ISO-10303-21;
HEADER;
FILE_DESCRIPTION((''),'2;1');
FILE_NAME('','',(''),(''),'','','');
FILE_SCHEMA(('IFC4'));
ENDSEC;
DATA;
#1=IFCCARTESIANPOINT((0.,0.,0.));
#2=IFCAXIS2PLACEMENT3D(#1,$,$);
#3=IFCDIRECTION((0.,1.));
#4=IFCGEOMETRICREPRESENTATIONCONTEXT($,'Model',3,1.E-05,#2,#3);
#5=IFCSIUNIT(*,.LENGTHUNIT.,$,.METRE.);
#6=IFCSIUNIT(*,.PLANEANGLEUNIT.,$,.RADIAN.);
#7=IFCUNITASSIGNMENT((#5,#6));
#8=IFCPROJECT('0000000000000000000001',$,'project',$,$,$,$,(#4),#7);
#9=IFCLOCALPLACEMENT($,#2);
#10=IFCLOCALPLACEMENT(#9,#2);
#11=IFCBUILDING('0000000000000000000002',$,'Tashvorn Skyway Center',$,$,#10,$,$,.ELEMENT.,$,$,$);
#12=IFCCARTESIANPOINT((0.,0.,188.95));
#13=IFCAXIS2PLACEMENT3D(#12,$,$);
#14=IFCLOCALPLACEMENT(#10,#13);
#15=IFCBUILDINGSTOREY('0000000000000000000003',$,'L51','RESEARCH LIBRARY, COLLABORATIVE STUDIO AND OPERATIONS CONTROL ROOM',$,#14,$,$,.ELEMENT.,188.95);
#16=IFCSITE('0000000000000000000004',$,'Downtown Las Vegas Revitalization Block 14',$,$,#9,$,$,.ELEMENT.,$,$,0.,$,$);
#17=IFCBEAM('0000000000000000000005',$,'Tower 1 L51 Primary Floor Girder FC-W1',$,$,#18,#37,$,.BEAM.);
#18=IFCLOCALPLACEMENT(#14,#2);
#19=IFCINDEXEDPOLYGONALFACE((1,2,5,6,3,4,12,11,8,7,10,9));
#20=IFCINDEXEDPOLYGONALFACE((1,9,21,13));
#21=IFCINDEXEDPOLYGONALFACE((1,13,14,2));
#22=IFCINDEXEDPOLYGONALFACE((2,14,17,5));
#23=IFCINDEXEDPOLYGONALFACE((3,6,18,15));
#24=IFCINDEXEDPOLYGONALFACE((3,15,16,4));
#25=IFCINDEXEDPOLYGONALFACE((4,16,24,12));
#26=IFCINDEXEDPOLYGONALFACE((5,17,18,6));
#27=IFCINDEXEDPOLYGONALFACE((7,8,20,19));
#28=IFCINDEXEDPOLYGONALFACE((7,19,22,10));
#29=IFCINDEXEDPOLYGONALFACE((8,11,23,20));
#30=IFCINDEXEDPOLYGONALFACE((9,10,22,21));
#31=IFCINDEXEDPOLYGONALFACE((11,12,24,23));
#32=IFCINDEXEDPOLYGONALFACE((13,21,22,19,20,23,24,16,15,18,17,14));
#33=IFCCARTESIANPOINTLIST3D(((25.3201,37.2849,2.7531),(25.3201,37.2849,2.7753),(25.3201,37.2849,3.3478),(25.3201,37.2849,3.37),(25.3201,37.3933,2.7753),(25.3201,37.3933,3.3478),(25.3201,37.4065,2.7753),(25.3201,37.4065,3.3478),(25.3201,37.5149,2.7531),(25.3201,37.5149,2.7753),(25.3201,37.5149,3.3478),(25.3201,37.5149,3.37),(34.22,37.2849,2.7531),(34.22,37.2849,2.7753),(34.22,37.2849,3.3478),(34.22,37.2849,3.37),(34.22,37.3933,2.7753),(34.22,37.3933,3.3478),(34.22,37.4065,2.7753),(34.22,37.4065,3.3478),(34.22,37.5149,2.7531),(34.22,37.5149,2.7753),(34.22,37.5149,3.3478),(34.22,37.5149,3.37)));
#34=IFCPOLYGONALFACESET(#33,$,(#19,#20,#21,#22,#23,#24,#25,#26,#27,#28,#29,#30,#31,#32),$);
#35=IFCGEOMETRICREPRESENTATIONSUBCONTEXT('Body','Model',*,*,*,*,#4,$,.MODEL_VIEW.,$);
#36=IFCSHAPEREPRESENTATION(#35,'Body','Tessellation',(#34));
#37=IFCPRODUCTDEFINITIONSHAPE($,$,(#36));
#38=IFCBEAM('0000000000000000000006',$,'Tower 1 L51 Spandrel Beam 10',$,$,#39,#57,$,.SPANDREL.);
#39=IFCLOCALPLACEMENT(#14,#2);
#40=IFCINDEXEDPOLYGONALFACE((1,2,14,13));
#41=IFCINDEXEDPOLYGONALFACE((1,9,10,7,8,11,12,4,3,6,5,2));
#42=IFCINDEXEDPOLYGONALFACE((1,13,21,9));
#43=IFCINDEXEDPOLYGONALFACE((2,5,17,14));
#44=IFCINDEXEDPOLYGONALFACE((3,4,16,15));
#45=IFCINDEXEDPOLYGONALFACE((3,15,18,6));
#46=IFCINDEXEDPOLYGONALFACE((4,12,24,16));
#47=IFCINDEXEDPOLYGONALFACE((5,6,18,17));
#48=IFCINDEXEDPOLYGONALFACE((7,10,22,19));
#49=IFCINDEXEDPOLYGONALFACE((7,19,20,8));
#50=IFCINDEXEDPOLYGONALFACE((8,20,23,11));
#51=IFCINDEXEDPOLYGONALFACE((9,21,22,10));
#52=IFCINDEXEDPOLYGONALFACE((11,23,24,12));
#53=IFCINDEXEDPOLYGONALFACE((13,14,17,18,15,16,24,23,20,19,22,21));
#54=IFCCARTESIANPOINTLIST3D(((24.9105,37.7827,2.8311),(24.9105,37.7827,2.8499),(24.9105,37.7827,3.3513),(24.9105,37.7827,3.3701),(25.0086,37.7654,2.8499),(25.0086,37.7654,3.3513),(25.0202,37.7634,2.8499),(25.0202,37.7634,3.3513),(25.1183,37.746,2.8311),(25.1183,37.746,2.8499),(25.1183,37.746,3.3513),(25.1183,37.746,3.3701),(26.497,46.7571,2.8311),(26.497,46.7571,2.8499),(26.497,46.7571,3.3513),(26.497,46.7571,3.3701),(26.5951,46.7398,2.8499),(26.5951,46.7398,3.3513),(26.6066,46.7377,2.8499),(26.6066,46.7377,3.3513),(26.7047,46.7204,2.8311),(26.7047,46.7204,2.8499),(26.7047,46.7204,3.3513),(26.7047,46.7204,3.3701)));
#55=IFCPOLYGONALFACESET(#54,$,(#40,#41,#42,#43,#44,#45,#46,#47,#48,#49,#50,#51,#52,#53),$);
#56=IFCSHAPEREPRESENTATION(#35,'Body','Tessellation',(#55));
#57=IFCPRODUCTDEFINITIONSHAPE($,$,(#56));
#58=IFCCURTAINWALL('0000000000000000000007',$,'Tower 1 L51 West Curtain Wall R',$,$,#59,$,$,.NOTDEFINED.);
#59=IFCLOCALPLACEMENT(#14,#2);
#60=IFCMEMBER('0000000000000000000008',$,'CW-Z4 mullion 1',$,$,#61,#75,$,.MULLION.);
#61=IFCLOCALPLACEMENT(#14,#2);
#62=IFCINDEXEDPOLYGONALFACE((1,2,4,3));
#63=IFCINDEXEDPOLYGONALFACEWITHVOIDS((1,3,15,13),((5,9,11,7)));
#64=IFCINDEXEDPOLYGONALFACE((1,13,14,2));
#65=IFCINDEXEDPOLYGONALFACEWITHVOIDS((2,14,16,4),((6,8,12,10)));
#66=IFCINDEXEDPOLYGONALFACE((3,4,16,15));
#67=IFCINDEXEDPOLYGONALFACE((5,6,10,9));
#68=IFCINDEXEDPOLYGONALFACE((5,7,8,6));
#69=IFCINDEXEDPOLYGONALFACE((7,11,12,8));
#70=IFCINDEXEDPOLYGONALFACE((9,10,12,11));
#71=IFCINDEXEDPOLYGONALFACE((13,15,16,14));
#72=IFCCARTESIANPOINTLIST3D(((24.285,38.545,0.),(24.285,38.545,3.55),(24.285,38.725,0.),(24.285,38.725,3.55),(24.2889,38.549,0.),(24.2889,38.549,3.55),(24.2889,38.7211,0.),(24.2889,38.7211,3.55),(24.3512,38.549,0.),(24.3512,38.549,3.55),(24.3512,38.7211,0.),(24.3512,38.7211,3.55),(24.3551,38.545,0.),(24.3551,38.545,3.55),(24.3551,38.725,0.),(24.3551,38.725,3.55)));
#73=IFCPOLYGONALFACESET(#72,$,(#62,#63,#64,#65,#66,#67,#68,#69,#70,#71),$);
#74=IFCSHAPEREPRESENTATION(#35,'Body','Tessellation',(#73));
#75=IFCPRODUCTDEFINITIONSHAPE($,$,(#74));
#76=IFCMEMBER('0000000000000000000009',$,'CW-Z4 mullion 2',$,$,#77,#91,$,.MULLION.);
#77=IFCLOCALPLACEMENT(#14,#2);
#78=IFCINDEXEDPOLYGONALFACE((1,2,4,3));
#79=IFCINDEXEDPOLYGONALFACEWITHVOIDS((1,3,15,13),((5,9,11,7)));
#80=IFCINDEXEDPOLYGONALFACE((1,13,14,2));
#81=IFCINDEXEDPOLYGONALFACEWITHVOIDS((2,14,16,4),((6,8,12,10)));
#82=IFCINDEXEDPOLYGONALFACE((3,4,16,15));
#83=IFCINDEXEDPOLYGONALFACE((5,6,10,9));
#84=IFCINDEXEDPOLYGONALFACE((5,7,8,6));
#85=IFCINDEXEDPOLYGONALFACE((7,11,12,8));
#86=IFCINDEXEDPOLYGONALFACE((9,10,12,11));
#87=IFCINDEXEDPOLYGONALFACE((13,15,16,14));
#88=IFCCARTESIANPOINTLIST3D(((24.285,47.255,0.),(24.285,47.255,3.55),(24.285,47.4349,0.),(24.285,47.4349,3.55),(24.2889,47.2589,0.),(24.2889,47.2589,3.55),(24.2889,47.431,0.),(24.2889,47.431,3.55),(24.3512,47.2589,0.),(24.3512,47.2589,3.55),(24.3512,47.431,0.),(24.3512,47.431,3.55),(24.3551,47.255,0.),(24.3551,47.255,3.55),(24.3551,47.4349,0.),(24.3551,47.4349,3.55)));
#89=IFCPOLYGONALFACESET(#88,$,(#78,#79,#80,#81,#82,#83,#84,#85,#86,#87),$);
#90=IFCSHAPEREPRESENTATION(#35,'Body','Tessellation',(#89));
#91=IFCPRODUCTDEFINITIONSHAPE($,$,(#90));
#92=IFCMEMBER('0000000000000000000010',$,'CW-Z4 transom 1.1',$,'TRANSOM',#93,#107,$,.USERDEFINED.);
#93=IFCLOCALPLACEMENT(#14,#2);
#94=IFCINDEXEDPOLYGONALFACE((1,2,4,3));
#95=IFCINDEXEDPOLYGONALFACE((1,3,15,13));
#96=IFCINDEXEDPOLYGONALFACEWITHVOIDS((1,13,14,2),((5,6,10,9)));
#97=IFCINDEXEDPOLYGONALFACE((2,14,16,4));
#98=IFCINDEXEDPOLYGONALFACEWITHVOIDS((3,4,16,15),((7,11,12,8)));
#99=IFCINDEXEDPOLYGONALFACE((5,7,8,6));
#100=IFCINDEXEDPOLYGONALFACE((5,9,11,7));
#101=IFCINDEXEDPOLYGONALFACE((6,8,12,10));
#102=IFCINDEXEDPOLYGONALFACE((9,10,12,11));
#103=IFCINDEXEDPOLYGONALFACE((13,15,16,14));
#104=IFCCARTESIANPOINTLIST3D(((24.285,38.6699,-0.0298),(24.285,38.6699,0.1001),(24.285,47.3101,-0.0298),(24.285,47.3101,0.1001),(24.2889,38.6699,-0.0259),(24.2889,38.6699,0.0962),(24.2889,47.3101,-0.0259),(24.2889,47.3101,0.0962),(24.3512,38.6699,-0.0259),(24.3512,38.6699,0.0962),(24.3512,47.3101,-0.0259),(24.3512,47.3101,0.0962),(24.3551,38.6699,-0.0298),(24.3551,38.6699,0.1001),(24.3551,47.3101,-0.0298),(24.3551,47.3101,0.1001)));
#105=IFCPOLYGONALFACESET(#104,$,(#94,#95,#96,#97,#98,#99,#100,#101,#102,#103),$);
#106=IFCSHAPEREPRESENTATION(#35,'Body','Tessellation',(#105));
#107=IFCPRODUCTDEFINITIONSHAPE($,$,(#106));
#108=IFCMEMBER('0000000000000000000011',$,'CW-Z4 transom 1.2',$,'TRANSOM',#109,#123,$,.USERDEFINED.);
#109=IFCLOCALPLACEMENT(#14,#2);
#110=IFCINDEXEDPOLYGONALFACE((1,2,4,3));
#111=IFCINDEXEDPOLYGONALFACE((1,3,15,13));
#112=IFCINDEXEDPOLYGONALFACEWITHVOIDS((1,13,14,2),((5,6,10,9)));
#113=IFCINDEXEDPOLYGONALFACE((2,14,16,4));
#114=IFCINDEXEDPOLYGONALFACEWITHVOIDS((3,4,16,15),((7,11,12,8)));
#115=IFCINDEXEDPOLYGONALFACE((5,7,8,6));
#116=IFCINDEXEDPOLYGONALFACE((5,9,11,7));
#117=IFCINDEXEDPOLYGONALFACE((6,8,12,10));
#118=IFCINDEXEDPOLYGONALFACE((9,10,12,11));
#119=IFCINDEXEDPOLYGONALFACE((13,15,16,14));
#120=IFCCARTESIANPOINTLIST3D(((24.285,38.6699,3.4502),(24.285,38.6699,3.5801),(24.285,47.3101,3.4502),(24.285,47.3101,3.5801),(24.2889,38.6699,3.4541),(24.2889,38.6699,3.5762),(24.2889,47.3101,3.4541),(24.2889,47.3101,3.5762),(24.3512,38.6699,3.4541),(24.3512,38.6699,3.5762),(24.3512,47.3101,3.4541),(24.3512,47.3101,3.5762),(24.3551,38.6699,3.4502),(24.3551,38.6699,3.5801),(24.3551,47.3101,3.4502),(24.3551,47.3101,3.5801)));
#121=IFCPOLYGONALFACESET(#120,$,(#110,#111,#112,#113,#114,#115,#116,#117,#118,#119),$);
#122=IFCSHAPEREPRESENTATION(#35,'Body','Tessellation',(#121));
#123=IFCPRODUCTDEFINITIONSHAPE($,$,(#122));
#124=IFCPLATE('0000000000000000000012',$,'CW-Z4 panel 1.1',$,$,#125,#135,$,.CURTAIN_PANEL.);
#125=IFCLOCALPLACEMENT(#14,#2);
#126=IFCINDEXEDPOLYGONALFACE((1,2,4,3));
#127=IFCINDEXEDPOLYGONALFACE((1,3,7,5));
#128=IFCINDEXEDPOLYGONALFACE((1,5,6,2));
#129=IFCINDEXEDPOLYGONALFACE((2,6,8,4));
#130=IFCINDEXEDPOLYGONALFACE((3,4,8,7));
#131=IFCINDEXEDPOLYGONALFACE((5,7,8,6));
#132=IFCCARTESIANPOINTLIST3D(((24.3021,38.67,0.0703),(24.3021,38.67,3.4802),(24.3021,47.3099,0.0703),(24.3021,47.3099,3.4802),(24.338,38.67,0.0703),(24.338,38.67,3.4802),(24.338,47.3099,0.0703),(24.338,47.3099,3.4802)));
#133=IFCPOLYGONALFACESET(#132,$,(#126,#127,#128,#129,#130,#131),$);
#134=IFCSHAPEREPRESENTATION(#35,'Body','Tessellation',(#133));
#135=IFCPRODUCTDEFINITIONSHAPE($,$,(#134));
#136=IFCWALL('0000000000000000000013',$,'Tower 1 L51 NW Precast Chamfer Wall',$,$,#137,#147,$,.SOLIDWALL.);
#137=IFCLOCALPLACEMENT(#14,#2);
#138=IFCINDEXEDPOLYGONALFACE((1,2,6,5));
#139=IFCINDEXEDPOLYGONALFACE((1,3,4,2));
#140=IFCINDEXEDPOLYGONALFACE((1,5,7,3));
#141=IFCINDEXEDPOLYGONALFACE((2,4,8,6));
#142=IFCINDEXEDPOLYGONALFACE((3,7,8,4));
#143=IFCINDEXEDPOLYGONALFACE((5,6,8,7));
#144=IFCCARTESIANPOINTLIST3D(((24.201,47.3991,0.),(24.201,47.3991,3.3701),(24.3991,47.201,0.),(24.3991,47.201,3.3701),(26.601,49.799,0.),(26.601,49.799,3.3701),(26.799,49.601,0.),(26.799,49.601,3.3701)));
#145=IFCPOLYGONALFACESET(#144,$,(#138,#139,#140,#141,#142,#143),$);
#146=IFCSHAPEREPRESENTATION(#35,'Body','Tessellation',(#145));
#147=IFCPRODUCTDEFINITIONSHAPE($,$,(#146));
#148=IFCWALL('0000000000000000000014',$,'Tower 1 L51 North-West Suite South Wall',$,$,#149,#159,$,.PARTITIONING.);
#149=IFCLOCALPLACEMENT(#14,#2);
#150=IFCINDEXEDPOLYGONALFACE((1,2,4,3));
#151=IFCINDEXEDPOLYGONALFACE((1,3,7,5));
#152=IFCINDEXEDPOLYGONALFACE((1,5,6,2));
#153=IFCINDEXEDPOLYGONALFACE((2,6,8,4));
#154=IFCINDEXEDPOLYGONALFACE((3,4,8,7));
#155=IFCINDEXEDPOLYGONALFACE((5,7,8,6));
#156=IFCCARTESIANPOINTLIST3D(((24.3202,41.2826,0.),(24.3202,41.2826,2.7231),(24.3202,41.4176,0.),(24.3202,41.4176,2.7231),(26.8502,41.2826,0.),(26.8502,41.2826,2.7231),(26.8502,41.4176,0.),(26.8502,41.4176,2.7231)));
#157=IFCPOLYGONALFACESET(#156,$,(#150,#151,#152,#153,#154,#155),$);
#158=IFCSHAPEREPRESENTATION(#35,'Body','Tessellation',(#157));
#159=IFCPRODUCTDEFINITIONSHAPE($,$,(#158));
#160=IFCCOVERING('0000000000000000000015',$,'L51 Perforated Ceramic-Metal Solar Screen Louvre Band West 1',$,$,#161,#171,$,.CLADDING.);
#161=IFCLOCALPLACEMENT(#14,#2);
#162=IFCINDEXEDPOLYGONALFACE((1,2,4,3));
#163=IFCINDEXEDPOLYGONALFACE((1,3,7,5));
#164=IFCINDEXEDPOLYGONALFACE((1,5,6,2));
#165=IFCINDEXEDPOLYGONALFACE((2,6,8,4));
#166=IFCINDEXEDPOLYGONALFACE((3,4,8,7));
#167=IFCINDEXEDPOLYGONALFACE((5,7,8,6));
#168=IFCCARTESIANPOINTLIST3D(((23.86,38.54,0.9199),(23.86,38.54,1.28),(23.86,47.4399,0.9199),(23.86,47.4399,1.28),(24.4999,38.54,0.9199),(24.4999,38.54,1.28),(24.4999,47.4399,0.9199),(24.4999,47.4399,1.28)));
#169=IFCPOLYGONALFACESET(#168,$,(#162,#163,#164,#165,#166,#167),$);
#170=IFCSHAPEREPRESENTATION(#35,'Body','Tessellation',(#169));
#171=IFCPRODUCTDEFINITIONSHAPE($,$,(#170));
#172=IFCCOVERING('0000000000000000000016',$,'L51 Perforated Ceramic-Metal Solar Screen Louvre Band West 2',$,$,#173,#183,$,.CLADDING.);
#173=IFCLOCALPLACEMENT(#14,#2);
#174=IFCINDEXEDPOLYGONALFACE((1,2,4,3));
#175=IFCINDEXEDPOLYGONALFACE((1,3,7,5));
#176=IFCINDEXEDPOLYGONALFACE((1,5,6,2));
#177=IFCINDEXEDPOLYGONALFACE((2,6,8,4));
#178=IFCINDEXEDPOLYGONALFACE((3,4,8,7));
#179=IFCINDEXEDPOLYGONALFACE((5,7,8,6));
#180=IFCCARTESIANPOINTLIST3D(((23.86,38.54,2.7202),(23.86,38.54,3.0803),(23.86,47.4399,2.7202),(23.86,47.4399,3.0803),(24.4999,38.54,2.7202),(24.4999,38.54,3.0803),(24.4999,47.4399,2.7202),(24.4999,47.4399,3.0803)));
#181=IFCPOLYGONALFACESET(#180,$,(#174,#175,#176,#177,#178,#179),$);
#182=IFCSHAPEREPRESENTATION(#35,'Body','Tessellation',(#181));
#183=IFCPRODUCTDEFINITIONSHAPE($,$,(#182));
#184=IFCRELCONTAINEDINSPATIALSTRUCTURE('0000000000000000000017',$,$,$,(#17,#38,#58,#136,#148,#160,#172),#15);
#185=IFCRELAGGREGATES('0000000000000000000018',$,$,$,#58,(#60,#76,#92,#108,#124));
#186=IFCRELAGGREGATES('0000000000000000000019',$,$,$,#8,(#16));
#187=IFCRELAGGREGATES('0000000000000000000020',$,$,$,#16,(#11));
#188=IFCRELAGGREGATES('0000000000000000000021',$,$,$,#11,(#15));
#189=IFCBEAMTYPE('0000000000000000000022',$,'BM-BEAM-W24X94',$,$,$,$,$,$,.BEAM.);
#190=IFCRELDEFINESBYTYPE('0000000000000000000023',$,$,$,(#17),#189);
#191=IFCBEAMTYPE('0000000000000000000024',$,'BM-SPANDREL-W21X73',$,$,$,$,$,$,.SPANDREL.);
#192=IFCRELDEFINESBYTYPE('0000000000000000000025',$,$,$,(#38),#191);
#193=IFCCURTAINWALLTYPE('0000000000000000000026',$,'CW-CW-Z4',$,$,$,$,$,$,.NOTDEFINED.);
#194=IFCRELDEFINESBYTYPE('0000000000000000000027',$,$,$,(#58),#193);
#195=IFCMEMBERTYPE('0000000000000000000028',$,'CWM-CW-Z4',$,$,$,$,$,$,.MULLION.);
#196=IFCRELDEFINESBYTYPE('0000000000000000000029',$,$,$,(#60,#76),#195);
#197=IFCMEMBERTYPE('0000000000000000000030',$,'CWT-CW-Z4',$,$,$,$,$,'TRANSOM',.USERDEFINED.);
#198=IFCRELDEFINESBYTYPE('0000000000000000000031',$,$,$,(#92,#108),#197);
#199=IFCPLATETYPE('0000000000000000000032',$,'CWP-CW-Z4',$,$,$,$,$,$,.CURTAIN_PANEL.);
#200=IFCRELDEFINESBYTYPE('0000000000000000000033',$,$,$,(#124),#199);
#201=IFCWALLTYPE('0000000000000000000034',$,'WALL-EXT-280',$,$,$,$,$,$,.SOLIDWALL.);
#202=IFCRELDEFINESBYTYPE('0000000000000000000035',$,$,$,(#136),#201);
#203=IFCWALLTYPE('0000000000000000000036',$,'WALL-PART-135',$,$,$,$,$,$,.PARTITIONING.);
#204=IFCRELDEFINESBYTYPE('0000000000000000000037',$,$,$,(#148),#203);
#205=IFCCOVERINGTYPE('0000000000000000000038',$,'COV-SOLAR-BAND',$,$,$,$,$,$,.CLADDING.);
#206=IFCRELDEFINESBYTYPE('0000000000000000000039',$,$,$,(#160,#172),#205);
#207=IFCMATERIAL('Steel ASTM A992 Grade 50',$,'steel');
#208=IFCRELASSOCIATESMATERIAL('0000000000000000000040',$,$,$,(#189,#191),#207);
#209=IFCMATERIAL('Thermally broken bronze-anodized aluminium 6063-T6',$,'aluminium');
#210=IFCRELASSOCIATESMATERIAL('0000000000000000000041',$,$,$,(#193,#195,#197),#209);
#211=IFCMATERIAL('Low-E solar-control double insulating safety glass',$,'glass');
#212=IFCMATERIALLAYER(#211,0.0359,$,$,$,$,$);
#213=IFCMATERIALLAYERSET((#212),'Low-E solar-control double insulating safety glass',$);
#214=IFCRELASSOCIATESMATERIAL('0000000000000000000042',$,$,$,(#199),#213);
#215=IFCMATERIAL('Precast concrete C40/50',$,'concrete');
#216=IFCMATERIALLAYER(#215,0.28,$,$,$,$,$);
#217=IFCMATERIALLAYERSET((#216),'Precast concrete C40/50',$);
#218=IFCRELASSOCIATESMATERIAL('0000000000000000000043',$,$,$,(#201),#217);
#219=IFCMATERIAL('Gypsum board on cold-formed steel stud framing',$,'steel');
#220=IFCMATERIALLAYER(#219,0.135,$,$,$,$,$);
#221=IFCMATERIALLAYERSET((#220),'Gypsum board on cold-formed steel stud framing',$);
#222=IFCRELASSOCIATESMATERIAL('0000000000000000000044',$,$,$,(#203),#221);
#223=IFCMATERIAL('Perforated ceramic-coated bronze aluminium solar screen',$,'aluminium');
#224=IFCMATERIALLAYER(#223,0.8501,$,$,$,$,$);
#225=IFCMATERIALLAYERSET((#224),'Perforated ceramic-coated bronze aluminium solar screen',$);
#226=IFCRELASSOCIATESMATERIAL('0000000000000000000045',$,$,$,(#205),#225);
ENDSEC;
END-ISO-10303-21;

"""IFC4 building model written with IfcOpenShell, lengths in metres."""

from ifc_helpers import new_model, si_unit, direction, frame, frame_2d, origin, origin_2d, place, context, subcontext, project, spatial, rectangle, hollow_rectangle, i_section, extrude, material, layer, layer_set, material_profile, profile_set, type_object, element, aggregate, save


model = new_model("IFC4")

# Units and contexts
model_context = context("Model", 3, precision=1e-05, world=origin(), true_north=direction((0.0, 1.0)))
body_context = subcontext(model_context, "Body", "Model", "MODEL_VIEW")
ifc_project = project(units=[si_unit("LENGTHUNIT", "METRE"), si_unit("PLANEANGLEUNIT", "RADIAN")], contexts=[model_context])

# Site, building, storey
site_placement = place(None, origin())
site = spatial("IfcSite", under=ifc_project, at=site_placement, Name="Downtown Las Vegas Revitalization Block 14", CompositionType="ELEMENT", RefElevation=0.0)
building_placement = place(site_placement, origin())
building = spatial("IfcBuilding", under=site, at=building_placement, Name="Tashvorn Skyway Center", CompositionType="ELEMENT")
storey_placement = place(building_placement, frame((0.0, 0.0, 188.95)))
storey = spatial("IfcBuildingStorey", under=building, at=storey_placement, Name="L51", Description="RESEARCH LIBRARY, COLLABORATIVE STUDIO AND OPERATIONS CONTROL ROOM", CompositionType="ELEMENT", Elevation=188.95)

# Beams
ifc_material_1 = material(Name="Steel ASTM A992 Grade 50", Category="steel")
ifc_material_profile_1 = material_profile(ifc_material_1, i_section(OverallWidth=0.23, OverallDepth=0.6169, WebThickness=0.0132, FlangeThickness=0.0222, at=origin_2d()), Name="W24X94")
ifc_profile_set_1 = profile_set([ifc_material_profile_1], Name="Steel ASTM A992 Grade 50")
beam_type_1 = type_object("IfcBeamType", Name="BM-BEAM-W24X94", PredefinedType="BEAM", material=ifc_profile_set_1)
beam_1_placement = place(storey_placement, frame((25.3201, 37.3999, 3.0615), z_axis=(1.0, 0.0, 0.0), x_axis=(0.0, 1.0, 0.0)))
element("IfcBeam", 1, at=beam_1_placement, inside=storey, type_object=beam_type_1, Name="Tower 1 L51 Primary Floor Girder FC-W1", PredefinedType="BEAM", context=body_context, shape_type="SweptSolid", body=[
    extrude(i_section(OverallWidth=0.23, OverallDepth=0.6169, WebThickness=0.0132, FlangeThickness=0.0222, at=origin_2d()), origin(), (0.0, 0.0, 1.0), 8.8999),
])
ifc_material_profile_2 = material_profile(ifc_material_1, i_section(OverallWidth=0.2109, OverallDepth=0.5391, WebThickness=0.0117, FlangeThickness=0.0188, at=origin_2d()), Name="W21X73")
ifc_profile_set_2 = profile_set([ifc_material_profile_2], Name="Steel ASTM A992 Grade 50")
beam_type_2 = type_object("IfcBeamType", Name="BM-SPANDREL-W21X73", PredefinedType="SPANDREL", material=ifc_profile_set_2)
beam_2_placement = place(storey_placement, frame((26.6008, 46.7388, 3.1006), z_axis=(-0.174074, -0.984733, 0.0), x_axis=(0.984733, -0.174074, 0.0)))
element("IfcBeam", 2, at=beam_2_placement, inside=storey, type_object=beam_type_2, Name="Tower 1 L51 Spandrel Beam 10", PredefinedType="SPANDREL", context=body_context, shape_type="SweptSolid", body=[
    extrude(i_section(OverallWidth=0.2109, OverallDepth=0.5391, WebThickness=0.0117, FlangeThickness=0.0188, at=origin_2d()), origin(), (0.0, 0.0, 1.0), 9.1135),
])

# Curtain wall, members, plate
ifc_material_2 = material(Name="Thermally broken bronze-anodized aluminium 6063-T6", Category="aluminium")
curtain_wall_type = type_object("IfcCurtainWallType", Name="CW-CW-Z4", PredefinedType="NOTDEFINED", material=ifc_material_2)
curtain_wall_placement = place(storey_placement, origin())
curtain_wall = element("IfcCurtainWall", 3, at=curtain_wall_placement, inside=storey, type_object=curtain_wall_type, Name="Tower 1 L51 West Curtain Wall R", PredefinedType="NOTDEFINED")
ifc_material_profile_3 = material_profile(ifc_material_2, hollow_rectangle(XDim=0.0701, YDim=0.1799, WallThickness=0.0039, at=origin_2d()), Name="ALU-MULL-70x180")
ifc_profile_set_3 = profile_set([ifc_material_profile_3], Name="Thermally broken bronze-anodized aluminium 6063-T6")
member_type_1 = type_object("IfcMemberType", Name="CWM-CW-Z4", PredefinedType="MULLION", material=ifc_profile_set_3)
member_1_placement = place(storey_placement, frame((24.3201, 38.635, 0.0), z_axis=(0.0, 0.0, 1.0), x_axis=(-1.0, 0.0, 0.0)))
member_1 = element("IfcMember", 4, at=member_1_placement, type_object=member_type_1, Name="CW-Z4 mullion 1", PredefinedType="MULLION", context=body_context, shape_type="SweptSolid", body=[
    extrude(hollow_rectangle(XDim=0.0701, YDim=0.1799, WallThickness=0.0039, at=origin_2d()), origin(), (0.0, 0.0, 1.0), 3.55),
])
member_2_placement = place(storey_placement, frame((24.3201, 47.345, 0.0), z_axis=(0.0, 0.0, 1.0), x_axis=(-1.0, 0.0, 0.0)))
member_2 = element("IfcMember", 5, at=member_2_placement, type_object=member_type_1, Name="CW-Z4 mullion 2", PredefinedType="MULLION", context=body_context, shape_type="SweptSolid", body=[
    extrude(hollow_rectangle(XDim=0.0701, YDim=0.1799, WallThickness=0.0039, at=origin_2d()), origin(), (0.0, 0.0, 1.0), 3.55),
])
ifc_material_profile_4 = material_profile(ifc_material_2, hollow_rectangle(XDim=0.0701, YDim=0.1299, WallThickness=0.0039, at=origin_2d()), Name="ALU-TRAN-70x130")
ifc_profile_set_4 = profile_set([ifc_material_profile_4], Name="Thermally broken bronze-anodized aluminium 6063-T6")
member_type_2 = type_object("IfcMemberType", Name="CWT-CW-Z4", ElementType="TRANSOM", PredefinedType="USERDEFINED", material=ifc_profile_set_4)
member_3_placement = place(storey_placement, frame((24.3201, 38.6699, 0.0352), z_axis=(0.0, 1.0, 0.0), x_axis=(-1.0, 0.0, 0.0)))
member_3 = element("IfcMember", 6, at=member_3_placement, type_object=member_type_2, Name="CW-Z4 transom 1.1", ObjectType="TRANSOM", PredefinedType="USERDEFINED", context=body_context, shape_type="SweptSolid", body=[
    extrude(hollow_rectangle(XDim=0.0701, YDim=0.1299, WallThickness=0.0039, at=origin_2d()), origin(), (0.0, 0.0, 1.0), 8.6401),
])
member_4_placement = place(storey_placement, frame((24.3201, 38.6699, 3.5151), z_axis=(0.0, 1.0, 0.0), x_axis=(-1.0, 0.0, 0.0)))
member_4 = element("IfcMember", 7, at=member_4_placement, type_object=member_type_2, Name="CW-Z4 transom 1.2", ObjectType="TRANSOM", PredefinedType="USERDEFINED", context=body_context, shape_type="SweptSolid", body=[
    extrude(hollow_rectangle(XDim=0.0701, YDim=0.1299, WallThickness=0.0039, at=origin_2d()), origin(), (0.0, 0.0, 1.0), 8.6401),
])
ifc_material_3 = material(Name="Low-E solar-control double insulating safety glass", Category="glass")
ifc_layer_1 = layer(ifc_material_3, 0.0359)
ifc_layer_set_1 = layer_set([ifc_layer_1], Name="Low-E solar-control double insulating safety glass")
plate_type = type_object("IfcPlateType", Name="CWP-CW-Z4", PredefinedType="CURTAIN_PANEL", material=ifc_layer_set_1)
plate_placement = place(storey_placement, frame((24.3201, 42.99, 0.0703), z_axis=(0.0, 0.0, 1.0), x_axis=(0.0, 1.0, 0.0)))
plate = element("IfcPlate", 8, at=plate_placement, type_object=plate_type, Name="CW-Z4 panel 1.1", PredefinedType="CURTAIN_PANEL", context=body_context, shape_type="SweptSolid", body=[
    extrude(rectangle(XDim=8.6399, YDim=0.0359, at=origin_2d()), origin(), (0.0, 0.0, 1.0), 3.4099),
])
aggregate(curtain_wall, [member_1, member_2, member_3, member_4, plate])

# Walls
ifc_material_4 = material(Name="Precast concrete C40/50", Category="concrete")
ifc_layer_2 = layer(ifc_material_4, 0.28)
ifc_layer_set_2 = layer_set([ifc_layer_2], Name="Precast concrete C40/50")
wall_type_1 = type_object("IfcWallType", Name="WALL-EXT-280", PredefinedType="SOLIDWALL", material=ifc_layer_set_2)
wall_1_placement = place(storey_placement, frame((24.3, 47.3, 0.0), z_axis=(0.0, 0.0, 1.0), x_axis=(0.707107, 0.707107, 0.0)))
element("IfcWall", 9, at=wall_1_placement, inside=storey, type_object=wall_type_1, Name="Tower 1 L51 NW Precast Chamfer Wall", PredefinedType="SOLIDWALL", context=body_context, shape_type="SweptSolid", body=[
    extrude(rectangle(XDim=3.394, YDim=0.28, at=frame_2d((1.697, 0.0))), origin(), (0.0, 0.0, 1.0), 3.3701),
])
ifc_material_5 = material(Name="Gypsum board on cold-formed steel stud framing", Category="steel")
ifc_layer_3 = layer(ifc_material_5, 0.135)
ifc_layer_set_3 = layer_set([ifc_layer_3], Name="Gypsum board on cold-formed steel stud framing")
wall_type_2 = type_object("IfcWallType", Name="WALL-PART-135", PredefinedType="PARTITIONING", material=ifc_layer_set_3)
wall_2_placement = place(storey_placement, frame((24.3201, 41.3501, 0.0), z_axis=(0.0, 0.0, 1.0), x_axis=(1.0, 0.0, 0.0)))
element("IfcWall", 10, at=wall_2_placement, inside=storey, type_object=wall_type_2, Name="Tower 1 L51 North-West Suite South Wall", PredefinedType="PARTITIONING", context=body_context, shape_type="SweptSolid", body=[
    extrude(rectangle(XDim=2.53, YDim=0.135, at=frame_2d((1.2651, 0.0))), origin(), (0.0, 0.0, 1.0), 2.7231),
])

# Coverings
ifc_material_6 = material(Name="Perforated ceramic-coated bronze aluminium solar screen", Category="aluminium")
ifc_layer_4 = layer(ifc_material_6, 0.8501)
ifc_layer_set_4 = layer_set([ifc_layer_4], Name="Perforated ceramic-coated bronze aluminium solar screen")
covering_type_1 = type_object("IfcCoveringType", Name="COV-SOLAR-BAND", PredefinedType="CLADDING", material=ifc_layer_set_4)
for number, where, z_axis, x_axis, name in (
    (11, (24.1799, 42.99, 0.9199), (0.0, 0.0, 1.0), (0.0, 1.0, 0.0), "L51 Perforated Ceramic-Metal Solar Screen Louvre Band West 1"),
    (12, (24.1799, 42.99, 2.7202), (0.0, 0.0, 1.0), (0.0, 1.0, 0.0), "L51 Perforated Ceramic-Metal Solar Screen Louvre Band West 2"),
):
    element("IfcCovering", number, at=place(storey_placement, frame(where, z_axis=z_axis, x_axis=x_axis)), inside=storey, type_object=covering_type_1, Name=name, PredefinedType="CLADDING", context=body_context, shape_type="SweptSolid", body=[
        extrude(rectangle(XDim=8.8999, YDim=0.6399, at=origin_2d()), origin(), (0.0, 0.0, 1.0), 0.3601),
    ])

save(model, "model.ifc")
